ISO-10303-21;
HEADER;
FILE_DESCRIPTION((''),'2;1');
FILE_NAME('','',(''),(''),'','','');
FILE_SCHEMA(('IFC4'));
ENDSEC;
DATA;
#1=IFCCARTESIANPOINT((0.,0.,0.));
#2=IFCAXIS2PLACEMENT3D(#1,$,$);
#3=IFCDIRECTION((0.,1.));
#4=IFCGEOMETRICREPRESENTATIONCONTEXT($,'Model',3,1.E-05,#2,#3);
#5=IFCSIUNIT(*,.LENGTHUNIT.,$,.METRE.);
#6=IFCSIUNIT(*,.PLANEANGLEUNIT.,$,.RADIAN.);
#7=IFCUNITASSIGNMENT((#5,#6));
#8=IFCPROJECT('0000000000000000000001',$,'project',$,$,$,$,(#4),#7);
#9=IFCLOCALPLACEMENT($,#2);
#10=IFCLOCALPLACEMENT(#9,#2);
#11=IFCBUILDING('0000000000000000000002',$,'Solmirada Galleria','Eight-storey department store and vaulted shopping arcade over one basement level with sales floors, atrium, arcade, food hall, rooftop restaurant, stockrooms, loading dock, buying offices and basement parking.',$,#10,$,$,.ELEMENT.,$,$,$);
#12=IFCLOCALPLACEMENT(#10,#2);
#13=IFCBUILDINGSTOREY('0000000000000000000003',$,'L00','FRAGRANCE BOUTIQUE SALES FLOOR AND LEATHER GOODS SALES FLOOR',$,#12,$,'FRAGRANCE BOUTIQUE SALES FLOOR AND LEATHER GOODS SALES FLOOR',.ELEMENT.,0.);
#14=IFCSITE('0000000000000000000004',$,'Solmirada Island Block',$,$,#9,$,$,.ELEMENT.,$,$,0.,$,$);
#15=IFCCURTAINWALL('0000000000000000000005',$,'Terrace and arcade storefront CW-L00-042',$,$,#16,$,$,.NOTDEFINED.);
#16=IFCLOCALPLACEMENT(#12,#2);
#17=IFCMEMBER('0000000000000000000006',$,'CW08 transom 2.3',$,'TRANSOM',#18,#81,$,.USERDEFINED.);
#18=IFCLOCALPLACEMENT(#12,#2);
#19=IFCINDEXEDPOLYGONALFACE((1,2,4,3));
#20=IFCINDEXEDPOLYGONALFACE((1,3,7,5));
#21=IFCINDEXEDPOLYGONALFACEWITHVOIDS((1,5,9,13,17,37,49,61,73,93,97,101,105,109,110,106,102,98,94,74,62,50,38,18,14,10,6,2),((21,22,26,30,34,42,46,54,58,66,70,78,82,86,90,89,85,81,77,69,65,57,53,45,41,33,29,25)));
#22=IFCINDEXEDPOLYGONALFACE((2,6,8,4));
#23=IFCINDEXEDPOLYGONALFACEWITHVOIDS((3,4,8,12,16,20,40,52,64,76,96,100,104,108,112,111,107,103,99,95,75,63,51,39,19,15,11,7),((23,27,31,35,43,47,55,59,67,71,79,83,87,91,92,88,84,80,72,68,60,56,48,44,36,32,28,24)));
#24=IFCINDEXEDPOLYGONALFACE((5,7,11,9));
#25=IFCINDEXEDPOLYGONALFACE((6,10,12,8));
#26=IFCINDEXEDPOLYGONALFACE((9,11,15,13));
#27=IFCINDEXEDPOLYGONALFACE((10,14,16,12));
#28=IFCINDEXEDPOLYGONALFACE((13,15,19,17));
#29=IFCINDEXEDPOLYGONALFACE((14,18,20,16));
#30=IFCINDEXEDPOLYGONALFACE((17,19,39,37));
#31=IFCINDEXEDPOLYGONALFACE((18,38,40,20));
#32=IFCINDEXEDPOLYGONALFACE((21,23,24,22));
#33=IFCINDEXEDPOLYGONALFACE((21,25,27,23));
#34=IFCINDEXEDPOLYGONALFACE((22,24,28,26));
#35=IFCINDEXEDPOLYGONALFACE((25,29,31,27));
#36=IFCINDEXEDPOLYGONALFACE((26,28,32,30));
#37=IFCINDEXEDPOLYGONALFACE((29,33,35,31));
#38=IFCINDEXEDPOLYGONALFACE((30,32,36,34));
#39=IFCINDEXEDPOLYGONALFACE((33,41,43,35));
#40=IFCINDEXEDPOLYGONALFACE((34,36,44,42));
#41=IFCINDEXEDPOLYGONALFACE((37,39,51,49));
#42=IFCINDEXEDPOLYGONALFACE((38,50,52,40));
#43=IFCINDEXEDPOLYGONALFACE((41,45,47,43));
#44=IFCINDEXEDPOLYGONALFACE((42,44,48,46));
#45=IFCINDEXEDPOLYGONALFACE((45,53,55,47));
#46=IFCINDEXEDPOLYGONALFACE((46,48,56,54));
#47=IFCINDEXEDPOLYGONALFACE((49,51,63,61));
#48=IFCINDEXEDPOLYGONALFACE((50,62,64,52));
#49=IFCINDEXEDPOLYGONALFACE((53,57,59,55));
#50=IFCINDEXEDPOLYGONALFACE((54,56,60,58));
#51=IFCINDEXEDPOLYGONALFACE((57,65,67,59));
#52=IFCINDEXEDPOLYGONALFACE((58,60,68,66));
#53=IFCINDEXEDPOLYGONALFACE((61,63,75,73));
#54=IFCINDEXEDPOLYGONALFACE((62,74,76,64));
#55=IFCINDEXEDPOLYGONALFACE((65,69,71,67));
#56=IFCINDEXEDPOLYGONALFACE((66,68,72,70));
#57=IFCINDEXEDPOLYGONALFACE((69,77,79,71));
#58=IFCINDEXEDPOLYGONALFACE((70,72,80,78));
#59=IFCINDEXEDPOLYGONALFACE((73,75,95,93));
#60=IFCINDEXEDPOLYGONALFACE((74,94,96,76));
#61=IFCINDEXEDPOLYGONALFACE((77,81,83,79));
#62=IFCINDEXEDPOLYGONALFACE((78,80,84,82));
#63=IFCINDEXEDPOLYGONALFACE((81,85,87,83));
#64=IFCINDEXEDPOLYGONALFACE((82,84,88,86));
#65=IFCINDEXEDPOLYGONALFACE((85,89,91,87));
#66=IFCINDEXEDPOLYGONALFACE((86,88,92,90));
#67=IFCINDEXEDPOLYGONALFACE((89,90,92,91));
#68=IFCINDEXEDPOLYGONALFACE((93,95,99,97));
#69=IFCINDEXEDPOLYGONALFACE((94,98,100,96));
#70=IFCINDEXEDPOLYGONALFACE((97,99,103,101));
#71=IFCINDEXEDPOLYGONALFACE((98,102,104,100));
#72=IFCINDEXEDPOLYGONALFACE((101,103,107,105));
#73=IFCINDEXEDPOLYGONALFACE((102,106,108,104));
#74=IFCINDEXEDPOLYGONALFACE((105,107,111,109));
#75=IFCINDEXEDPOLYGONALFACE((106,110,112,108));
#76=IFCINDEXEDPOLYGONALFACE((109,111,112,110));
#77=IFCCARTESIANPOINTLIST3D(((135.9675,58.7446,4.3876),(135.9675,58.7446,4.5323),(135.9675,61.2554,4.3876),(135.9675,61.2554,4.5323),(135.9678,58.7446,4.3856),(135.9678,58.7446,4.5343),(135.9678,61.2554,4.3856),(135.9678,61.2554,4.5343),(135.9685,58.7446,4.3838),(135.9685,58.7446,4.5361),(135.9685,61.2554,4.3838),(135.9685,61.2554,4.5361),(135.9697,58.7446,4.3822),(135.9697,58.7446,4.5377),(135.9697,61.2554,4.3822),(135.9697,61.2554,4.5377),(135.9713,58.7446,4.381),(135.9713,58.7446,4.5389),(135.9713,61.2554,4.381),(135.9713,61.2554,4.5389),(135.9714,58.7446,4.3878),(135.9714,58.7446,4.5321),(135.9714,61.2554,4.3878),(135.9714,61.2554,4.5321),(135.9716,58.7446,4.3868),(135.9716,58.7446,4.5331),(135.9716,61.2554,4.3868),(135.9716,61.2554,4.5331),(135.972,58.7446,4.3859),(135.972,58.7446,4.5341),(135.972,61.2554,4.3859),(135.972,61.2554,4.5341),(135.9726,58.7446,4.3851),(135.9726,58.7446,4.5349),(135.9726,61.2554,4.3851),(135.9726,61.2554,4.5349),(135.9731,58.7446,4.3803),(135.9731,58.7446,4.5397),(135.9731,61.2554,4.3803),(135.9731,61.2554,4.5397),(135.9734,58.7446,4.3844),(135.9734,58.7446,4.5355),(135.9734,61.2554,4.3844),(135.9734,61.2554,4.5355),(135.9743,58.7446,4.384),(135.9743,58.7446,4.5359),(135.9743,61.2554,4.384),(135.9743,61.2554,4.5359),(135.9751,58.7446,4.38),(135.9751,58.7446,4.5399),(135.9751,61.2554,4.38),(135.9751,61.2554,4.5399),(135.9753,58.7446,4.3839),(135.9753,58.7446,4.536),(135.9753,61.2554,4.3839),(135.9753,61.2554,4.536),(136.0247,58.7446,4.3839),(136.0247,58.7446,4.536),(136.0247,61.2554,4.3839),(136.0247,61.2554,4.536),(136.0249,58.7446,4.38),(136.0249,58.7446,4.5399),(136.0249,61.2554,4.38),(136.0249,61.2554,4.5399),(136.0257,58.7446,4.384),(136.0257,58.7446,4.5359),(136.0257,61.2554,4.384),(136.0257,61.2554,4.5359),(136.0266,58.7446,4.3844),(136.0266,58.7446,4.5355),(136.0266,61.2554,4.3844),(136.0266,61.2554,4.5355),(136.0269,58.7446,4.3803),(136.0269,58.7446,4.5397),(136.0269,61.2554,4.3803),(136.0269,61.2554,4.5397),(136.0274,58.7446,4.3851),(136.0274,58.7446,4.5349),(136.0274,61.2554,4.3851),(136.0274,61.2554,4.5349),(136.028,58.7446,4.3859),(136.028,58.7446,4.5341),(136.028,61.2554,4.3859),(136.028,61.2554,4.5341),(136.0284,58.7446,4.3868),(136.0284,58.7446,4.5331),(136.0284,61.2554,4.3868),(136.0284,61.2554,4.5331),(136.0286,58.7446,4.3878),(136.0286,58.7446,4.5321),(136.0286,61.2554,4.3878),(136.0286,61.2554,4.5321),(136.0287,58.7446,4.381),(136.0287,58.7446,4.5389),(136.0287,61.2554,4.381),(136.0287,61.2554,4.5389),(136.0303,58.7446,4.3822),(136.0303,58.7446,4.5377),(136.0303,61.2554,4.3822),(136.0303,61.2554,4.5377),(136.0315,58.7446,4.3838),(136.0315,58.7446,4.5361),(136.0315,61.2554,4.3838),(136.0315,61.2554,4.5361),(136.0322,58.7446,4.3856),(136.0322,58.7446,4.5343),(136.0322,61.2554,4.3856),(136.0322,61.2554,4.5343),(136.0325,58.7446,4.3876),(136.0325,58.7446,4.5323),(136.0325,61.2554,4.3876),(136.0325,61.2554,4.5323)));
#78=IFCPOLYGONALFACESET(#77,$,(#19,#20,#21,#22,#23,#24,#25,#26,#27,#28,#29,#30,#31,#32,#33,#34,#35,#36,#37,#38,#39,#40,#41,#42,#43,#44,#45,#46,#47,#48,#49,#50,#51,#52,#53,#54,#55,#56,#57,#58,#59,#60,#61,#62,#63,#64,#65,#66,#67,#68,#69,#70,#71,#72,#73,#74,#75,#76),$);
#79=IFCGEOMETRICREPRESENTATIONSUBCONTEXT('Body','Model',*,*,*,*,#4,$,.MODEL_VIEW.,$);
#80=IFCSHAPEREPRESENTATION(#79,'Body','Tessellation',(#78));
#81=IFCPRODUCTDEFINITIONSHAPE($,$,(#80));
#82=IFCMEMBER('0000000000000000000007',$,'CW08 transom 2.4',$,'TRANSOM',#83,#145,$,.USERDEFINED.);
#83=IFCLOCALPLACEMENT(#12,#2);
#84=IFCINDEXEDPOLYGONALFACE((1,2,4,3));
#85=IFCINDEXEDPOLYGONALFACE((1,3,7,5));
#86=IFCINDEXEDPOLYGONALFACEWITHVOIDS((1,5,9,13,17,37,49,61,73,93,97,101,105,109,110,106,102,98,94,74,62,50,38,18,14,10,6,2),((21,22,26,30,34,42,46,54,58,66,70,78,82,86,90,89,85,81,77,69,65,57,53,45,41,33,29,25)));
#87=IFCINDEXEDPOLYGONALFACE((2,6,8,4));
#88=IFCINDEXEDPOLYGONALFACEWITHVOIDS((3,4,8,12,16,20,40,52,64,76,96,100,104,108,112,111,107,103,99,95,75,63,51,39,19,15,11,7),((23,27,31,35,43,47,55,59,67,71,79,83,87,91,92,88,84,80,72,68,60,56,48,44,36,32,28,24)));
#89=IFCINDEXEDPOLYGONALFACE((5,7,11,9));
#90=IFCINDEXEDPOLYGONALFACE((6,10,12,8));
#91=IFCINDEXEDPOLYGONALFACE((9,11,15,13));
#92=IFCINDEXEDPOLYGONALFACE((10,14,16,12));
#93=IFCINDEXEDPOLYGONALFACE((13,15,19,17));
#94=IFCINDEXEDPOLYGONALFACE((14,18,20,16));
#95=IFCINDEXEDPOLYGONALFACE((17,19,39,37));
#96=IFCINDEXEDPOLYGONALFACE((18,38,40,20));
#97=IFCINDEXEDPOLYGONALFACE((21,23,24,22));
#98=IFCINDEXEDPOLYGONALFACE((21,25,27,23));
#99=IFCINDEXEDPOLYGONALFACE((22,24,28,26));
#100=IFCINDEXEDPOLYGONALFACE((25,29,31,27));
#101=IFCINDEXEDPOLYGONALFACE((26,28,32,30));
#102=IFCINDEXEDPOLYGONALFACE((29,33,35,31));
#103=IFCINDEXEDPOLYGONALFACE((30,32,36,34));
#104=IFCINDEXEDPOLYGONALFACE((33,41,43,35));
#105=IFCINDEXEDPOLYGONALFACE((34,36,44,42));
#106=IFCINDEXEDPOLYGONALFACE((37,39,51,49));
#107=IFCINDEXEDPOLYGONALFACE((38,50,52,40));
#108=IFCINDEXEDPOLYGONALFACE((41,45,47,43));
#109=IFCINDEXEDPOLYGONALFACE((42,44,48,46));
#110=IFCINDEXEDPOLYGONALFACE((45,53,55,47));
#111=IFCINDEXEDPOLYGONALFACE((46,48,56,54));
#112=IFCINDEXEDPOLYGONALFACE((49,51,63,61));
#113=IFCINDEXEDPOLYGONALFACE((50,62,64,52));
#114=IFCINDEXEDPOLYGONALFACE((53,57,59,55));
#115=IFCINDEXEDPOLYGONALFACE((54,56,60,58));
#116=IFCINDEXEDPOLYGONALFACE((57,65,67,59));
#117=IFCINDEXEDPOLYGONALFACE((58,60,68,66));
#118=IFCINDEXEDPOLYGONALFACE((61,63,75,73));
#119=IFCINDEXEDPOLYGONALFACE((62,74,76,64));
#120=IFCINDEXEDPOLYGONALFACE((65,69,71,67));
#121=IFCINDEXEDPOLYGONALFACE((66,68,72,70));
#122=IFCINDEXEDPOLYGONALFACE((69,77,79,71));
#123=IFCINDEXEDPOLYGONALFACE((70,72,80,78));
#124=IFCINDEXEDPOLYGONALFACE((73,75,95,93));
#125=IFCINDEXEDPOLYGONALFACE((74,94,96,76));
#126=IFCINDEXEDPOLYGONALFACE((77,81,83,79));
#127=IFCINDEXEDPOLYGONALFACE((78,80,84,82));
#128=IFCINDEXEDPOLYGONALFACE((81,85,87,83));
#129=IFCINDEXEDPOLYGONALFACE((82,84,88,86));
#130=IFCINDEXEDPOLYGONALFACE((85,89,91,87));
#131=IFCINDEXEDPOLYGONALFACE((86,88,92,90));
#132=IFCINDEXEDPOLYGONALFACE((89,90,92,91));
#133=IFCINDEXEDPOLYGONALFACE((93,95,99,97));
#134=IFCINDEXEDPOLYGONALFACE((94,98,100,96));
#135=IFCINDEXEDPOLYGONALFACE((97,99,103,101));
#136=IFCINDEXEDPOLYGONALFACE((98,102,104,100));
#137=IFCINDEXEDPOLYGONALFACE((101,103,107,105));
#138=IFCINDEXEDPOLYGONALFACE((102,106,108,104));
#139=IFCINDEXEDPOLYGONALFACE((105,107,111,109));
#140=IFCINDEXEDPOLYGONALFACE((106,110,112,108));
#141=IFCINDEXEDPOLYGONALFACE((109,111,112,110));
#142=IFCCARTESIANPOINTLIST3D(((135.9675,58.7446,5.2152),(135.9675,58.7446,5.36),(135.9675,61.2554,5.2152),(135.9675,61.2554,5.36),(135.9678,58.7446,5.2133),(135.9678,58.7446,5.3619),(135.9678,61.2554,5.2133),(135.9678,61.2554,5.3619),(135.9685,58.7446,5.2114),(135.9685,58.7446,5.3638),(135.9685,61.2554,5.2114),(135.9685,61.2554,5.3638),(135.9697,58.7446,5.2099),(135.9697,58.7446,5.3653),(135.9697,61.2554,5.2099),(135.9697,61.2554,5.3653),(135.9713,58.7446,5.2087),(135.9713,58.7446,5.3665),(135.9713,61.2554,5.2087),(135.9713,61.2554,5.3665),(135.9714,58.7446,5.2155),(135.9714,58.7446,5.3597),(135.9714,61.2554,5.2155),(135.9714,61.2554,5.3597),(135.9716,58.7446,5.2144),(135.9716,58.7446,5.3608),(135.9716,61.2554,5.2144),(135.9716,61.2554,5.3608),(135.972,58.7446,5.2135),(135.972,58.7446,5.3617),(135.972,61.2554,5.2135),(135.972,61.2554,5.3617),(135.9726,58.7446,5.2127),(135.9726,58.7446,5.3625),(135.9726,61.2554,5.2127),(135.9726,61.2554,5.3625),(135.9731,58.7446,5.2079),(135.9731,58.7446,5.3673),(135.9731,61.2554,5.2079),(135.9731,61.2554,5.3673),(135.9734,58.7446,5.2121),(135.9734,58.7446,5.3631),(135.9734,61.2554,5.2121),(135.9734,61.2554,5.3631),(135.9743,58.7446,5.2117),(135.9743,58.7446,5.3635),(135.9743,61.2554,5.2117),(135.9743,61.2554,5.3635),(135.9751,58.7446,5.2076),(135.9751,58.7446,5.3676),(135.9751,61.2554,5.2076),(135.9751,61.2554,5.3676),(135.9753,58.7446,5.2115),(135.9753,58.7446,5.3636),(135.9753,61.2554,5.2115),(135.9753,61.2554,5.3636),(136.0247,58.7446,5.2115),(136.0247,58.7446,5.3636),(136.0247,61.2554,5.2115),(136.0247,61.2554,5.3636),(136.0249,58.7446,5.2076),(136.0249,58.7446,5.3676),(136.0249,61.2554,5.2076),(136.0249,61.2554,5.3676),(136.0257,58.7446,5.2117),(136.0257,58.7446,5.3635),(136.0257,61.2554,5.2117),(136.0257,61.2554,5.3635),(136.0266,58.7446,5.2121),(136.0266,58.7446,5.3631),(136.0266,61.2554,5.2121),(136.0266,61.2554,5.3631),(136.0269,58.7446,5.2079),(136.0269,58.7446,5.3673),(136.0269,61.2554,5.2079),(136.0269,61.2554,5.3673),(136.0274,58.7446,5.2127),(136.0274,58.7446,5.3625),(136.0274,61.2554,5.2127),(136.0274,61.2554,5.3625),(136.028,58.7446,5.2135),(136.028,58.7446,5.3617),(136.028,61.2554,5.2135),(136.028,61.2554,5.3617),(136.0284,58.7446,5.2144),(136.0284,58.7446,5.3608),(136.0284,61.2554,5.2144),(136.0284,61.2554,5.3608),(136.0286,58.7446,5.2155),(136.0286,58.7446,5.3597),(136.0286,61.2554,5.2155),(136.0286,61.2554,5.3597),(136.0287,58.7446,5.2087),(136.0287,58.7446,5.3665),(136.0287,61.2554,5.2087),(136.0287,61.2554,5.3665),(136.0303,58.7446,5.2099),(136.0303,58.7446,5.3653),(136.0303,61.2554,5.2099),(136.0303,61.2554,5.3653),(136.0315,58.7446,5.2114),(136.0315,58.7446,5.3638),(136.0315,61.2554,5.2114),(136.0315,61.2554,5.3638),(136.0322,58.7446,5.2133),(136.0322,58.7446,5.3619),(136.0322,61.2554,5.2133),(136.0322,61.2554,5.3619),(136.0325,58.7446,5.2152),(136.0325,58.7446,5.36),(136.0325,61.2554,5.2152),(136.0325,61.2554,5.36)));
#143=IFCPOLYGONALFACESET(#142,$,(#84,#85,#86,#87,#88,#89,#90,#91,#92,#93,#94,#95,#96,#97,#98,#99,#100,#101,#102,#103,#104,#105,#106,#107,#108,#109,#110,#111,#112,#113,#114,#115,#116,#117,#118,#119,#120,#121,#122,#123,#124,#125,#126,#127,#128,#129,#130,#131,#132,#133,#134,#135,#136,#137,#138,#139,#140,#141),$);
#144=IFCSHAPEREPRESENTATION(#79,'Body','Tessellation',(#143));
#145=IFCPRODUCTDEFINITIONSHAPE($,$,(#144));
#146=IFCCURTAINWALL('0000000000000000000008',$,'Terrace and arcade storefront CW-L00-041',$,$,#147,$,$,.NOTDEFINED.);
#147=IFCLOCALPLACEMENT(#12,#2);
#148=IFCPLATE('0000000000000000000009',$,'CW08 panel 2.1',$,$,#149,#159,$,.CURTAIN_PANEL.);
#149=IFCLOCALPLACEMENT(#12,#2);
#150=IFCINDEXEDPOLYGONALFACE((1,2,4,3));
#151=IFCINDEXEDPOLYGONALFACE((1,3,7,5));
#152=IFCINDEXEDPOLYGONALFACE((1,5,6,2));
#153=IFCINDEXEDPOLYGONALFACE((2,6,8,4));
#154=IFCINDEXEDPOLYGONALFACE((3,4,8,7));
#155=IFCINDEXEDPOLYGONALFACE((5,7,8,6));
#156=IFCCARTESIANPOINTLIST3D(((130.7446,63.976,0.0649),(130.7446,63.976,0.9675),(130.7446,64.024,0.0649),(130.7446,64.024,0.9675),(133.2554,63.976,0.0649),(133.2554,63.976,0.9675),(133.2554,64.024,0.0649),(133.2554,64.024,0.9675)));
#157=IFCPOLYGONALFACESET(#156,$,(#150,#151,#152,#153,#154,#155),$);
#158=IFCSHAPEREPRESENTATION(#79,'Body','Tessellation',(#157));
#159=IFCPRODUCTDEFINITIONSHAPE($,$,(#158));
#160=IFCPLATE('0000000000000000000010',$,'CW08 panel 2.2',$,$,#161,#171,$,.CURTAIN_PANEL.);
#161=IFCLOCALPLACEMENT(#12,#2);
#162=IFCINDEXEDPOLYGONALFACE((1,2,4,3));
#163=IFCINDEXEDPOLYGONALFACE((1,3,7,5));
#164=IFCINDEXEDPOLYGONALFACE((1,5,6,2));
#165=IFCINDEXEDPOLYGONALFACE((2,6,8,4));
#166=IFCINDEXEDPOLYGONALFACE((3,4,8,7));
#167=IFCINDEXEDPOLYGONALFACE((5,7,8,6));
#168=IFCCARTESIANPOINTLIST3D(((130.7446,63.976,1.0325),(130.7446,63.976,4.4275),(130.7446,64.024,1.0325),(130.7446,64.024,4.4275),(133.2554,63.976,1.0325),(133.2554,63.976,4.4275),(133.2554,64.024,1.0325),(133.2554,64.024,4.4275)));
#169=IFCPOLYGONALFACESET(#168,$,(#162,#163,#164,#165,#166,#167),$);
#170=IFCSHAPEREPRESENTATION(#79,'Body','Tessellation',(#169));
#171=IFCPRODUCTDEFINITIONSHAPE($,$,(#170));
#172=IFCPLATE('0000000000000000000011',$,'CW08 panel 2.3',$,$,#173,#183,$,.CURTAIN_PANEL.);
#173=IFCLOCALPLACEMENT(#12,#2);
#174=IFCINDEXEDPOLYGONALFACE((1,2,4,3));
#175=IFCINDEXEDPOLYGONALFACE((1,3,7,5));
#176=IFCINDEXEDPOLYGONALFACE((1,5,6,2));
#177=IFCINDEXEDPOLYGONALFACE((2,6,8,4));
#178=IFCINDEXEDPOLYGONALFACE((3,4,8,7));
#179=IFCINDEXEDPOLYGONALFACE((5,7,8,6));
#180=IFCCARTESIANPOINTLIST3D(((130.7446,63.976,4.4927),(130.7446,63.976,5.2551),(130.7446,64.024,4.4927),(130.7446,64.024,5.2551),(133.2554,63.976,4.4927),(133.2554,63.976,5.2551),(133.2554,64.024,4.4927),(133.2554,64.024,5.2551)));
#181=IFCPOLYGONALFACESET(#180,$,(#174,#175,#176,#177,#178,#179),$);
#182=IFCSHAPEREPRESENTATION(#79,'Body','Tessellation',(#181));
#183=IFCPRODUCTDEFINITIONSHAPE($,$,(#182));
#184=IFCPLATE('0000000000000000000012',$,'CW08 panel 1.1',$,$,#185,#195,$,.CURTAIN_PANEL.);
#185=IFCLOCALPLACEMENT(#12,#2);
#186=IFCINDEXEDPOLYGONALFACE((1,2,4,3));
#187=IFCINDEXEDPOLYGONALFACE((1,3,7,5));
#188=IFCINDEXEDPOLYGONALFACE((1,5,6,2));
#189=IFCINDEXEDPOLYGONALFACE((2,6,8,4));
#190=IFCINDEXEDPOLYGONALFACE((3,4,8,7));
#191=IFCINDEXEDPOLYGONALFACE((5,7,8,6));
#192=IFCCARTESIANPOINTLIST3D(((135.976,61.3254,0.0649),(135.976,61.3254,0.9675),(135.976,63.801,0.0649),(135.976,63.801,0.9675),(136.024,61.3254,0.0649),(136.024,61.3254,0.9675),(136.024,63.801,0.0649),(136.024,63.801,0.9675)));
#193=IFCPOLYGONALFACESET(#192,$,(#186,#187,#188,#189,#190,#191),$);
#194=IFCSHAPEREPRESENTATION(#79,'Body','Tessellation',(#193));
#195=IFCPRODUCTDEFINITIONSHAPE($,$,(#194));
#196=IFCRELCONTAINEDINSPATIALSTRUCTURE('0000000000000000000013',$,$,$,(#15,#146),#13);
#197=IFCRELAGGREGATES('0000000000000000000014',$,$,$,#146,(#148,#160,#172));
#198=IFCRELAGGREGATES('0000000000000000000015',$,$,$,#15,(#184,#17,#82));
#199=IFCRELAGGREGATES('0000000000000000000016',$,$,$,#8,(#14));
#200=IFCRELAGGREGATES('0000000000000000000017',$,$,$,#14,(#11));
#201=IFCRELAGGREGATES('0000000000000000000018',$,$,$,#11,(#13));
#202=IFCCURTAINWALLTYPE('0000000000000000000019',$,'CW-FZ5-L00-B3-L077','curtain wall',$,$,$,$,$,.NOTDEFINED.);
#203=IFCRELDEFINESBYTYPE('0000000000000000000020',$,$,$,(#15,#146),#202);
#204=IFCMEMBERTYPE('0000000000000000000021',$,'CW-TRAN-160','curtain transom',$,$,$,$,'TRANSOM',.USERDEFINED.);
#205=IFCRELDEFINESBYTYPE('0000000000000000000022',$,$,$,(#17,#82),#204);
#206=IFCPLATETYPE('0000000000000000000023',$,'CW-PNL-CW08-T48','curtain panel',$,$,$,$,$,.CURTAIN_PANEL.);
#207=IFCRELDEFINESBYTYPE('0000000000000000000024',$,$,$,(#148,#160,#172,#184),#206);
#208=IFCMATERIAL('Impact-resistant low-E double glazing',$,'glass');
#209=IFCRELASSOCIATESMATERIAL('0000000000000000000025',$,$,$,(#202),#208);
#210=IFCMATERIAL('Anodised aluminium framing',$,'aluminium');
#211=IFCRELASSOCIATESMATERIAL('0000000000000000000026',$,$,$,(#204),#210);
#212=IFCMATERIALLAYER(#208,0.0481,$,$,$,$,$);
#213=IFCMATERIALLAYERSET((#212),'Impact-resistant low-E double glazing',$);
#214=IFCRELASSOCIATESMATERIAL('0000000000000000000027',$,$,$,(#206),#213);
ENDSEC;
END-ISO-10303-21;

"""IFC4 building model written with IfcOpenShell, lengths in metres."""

from ifc_helpers import new_model, si_unit, direction, frame, origin, origin_2d, place, context, subcontext, project, spatial, rectangle, hollow_rectangle, extrude, material, layer, layer_set, material_profile, profile_set, type_object, element, aggregate, save


model = new_model("IFC4")

# Units and contexts
model_context = context("Model", 3, precision=1e-05, world=origin(), true_north=direction((0.0, 1.0)))
body_context = subcontext(model_context, "Body", "Model", "MODEL_VIEW")
ifc_project = project(units=[si_unit("LENGTHUNIT", "METRE"), si_unit("PLANEANGLEUNIT", "RADIAN")], contexts=[model_context])

# Site, building, storey
site_placement = place(None, origin())
site = spatial("IfcSite", under=ifc_project, at=site_placement, Name="Solmirada Island Block", CompositionType="ELEMENT", RefElevation=0.0)
building_placement = place(site_placement, origin())
building = spatial("IfcBuilding", under=site, at=building_placement, Name="Solmirada Galleria", Description="Eight-storey department store and vaulted shopping arcade over one basement level with sales floors, atrium, arcade, food hall, rooftop restaurant, stockrooms, loading dock, buying offices and basement parking.", CompositionType="ELEMENT")
storey_placement = place(building_placement, origin())
storey = spatial("IfcBuildingStorey", under=building, at=storey_placement, Name="L00", Description="FRAGRANCE BOUTIQUE SALES FLOOR AND LEATHER GOODS SALES FLOOR", LongName="FRAGRANCE BOUTIQUE SALES FLOOR AND LEATHER GOODS SALES FLOOR", CompositionType="ELEMENT", Elevation=0.0)

# Curtain wall, members
ifc_material_1 = material(Name="Impact-resistant low-E double glazing", Category="glass")
curtain_wall_type = type_object("IfcCurtainWallType", Name="CW-FZ5-L00-B3-L077", Description="curtain wall", PredefinedType="NOTDEFINED", material=ifc_material_1)
curtain_wall_1_placement = place(storey_placement, origin())
curtain_wall_1 = element("IfcCurtainWall", 1, at=curtain_wall_1_placement, inside=storey, type_object=curtain_wall_type, Name="Terrace and arcade storefront CW-L00-042", PredefinedType="NOTDEFINED")
ifc_material_2 = material(Name="Anodised aluminium framing", Category="aluminium")
ifc_material_profile_1 = material_profile(ifc_material_2, hollow_rectangle(XDim=0.0649, YDim=0.1599, WallThickness=0.0039, InnerFilletRadius=0.0039, OuterFilletRadius=0.0076, at=origin_2d()), Name="ALU-TRAN-160X65")
ifc_profile_set_1 = profile_set([ifc_material_profile_1], Name="Anodised aluminium framing")
member_type_1 = type_object("IfcMemberType", Name="CW-TRAN-160", Description="curtain transom", ElementType="TRANSOM", PredefinedType="USERDEFINED", material=ifc_profile_set_1)
member_1_placement = place(storey_placement, frame((136.0, 61.2554, 4.46), z_axis=(0.0, -1.0, 0.0), x_axis=(1.0, 0.0, 0.0)))
member_1 = element("IfcMember", 2, at=member_1_placement, type_object=member_type_1, Name="CW08 transom 2.3", ObjectType="TRANSOM", PredefinedType="USERDEFINED", context=body_context, shape_type="SweptSolid", body=[
    extrude(hollow_rectangle(XDim=0.0649, YDim=0.1599, WallThickness=0.0039, InnerFilletRadius=0.0039, OuterFilletRadius=0.0076, at=origin_2d()), origin(), (0.0, 0.0, 1.0), 2.5107),
])
member_2_placement = place(storey_placement, frame((136.0, 61.2554, 5.2876), z_axis=(0.0, -1.0, 0.0), x_axis=(1.0, 0.0, 0.0)))
member_2 = element("IfcMember", 3, at=member_2_placement, type_object=member_type_1, Name="CW08 transom 2.4", ObjectType="TRANSOM", PredefinedType="USERDEFINED", context=body_context, shape_type="SweptSolid", body=[
    extrude(hollow_rectangle(XDim=0.0649, YDim=0.1599, WallThickness=0.0039, InnerFilletRadius=0.0039, OuterFilletRadius=0.0076, at=origin_2d()), origin(), (0.0, 0.0, 1.0), 2.5107),
])

# Curtain wall, plates
curtain_wall_2_placement = place(storey_placement, origin())
curtain_wall_2 = element("IfcCurtainWall", 4, at=curtain_wall_2_placement, inside=storey, type_object=curtain_wall_type, Name="Terrace and arcade storefront CW-L00-041", PredefinedType="NOTDEFINED")
ifc_layer = layer(ifc_material_1, 0.0481)
ifc_layer_set = layer_set([ifc_layer], Name="Impact-resistant low-E double glazing")
plate_type = type_object("IfcPlateType", Name="CW-PNL-CW08-T48", Description="curtain panel", PredefinedType="CURTAIN_PANEL", material=ifc_layer_set)
plate_1_placement = place(storey_placement, frame((132.0, 64.0, 0.0649), z_axis=(0.0, 0.0, 1.0), x_axis=(1.0, 0.0, 0.0)))
plate_1 = element("IfcPlate", 5, at=plate_1_placement, type_object=plate_type, Name="CW08 panel 2.1", PredefinedType="CURTAIN_PANEL", context=body_context, shape_type="SweptSolid", body=[
    extrude(rectangle(XDim=2.5107, YDim=0.0481, at=origin_2d()), origin(), (0.0, 0.0, 1.0), 0.9026),
])
plate_2_placement = place(storey_placement, frame((132.0, 64.0, 1.0325), z_axis=(0.0, 0.0, 1.0), x_axis=(1.0, 0.0, 0.0)))
plate_2 = element("IfcPlate", 6, at=plate_2_placement, type_object=plate_type, Name="CW08 panel 2.2", PredefinedType="CURTAIN_PANEL", context=body_context, shape_type="SweptSolid", body=[
    extrude(rectangle(XDim=2.5107, YDim=0.0481, at=origin_2d()), origin(), (0.0, 0.0, 1.0), 3.395),
])
plate_3_placement = place(storey_placement, frame((132.0, 64.0, 4.4927), z_axis=(0.0, 0.0, 1.0), x_axis=(1.0, 0.0, 0.0)))
plate_3 = element("IfcPlate", 7, at=plate_3_placement, type_object=plate_type, Name="CW08 panel 2.3", PredefinedType="CURTAIN_PANEL", context=body_context, shape_type="SweptSolid", body=[
    extrude(rectangle(XDim=2.5107, YDim=0.0481, at=origin_2d()), origin(), (0.0, 0.0, 1.0), 0.7625),
])
aggregate(curtain_wall_2, [plate_1, plate_2, plate_3])

# Plate
plate_4_placement = place(storey_placement, frame((136.0, 62.5632, 0.0649), z_axis=(0.0, 0.0, 1.0), x_axis=(0.0, -1.0, 0.0)))
plate_4 = element("IfcPlate", 8, at=plate_4_placement, type_object=plate_type, Name="CW08 panel 1.1", PredefinedType="CURTAIN_PANEL", context=body_context, shape_type="SweptSolid", body=[
    extrude(rectangle(XDim=2.4756, YDim=0.0481, at=origin_2d()), origin(), (0.0, 0.0, 1.0), 0.9026),
])
aggregate(curtain_wall_1, [plate_4, member_1, member_2])

save(model, "model.ifc")
